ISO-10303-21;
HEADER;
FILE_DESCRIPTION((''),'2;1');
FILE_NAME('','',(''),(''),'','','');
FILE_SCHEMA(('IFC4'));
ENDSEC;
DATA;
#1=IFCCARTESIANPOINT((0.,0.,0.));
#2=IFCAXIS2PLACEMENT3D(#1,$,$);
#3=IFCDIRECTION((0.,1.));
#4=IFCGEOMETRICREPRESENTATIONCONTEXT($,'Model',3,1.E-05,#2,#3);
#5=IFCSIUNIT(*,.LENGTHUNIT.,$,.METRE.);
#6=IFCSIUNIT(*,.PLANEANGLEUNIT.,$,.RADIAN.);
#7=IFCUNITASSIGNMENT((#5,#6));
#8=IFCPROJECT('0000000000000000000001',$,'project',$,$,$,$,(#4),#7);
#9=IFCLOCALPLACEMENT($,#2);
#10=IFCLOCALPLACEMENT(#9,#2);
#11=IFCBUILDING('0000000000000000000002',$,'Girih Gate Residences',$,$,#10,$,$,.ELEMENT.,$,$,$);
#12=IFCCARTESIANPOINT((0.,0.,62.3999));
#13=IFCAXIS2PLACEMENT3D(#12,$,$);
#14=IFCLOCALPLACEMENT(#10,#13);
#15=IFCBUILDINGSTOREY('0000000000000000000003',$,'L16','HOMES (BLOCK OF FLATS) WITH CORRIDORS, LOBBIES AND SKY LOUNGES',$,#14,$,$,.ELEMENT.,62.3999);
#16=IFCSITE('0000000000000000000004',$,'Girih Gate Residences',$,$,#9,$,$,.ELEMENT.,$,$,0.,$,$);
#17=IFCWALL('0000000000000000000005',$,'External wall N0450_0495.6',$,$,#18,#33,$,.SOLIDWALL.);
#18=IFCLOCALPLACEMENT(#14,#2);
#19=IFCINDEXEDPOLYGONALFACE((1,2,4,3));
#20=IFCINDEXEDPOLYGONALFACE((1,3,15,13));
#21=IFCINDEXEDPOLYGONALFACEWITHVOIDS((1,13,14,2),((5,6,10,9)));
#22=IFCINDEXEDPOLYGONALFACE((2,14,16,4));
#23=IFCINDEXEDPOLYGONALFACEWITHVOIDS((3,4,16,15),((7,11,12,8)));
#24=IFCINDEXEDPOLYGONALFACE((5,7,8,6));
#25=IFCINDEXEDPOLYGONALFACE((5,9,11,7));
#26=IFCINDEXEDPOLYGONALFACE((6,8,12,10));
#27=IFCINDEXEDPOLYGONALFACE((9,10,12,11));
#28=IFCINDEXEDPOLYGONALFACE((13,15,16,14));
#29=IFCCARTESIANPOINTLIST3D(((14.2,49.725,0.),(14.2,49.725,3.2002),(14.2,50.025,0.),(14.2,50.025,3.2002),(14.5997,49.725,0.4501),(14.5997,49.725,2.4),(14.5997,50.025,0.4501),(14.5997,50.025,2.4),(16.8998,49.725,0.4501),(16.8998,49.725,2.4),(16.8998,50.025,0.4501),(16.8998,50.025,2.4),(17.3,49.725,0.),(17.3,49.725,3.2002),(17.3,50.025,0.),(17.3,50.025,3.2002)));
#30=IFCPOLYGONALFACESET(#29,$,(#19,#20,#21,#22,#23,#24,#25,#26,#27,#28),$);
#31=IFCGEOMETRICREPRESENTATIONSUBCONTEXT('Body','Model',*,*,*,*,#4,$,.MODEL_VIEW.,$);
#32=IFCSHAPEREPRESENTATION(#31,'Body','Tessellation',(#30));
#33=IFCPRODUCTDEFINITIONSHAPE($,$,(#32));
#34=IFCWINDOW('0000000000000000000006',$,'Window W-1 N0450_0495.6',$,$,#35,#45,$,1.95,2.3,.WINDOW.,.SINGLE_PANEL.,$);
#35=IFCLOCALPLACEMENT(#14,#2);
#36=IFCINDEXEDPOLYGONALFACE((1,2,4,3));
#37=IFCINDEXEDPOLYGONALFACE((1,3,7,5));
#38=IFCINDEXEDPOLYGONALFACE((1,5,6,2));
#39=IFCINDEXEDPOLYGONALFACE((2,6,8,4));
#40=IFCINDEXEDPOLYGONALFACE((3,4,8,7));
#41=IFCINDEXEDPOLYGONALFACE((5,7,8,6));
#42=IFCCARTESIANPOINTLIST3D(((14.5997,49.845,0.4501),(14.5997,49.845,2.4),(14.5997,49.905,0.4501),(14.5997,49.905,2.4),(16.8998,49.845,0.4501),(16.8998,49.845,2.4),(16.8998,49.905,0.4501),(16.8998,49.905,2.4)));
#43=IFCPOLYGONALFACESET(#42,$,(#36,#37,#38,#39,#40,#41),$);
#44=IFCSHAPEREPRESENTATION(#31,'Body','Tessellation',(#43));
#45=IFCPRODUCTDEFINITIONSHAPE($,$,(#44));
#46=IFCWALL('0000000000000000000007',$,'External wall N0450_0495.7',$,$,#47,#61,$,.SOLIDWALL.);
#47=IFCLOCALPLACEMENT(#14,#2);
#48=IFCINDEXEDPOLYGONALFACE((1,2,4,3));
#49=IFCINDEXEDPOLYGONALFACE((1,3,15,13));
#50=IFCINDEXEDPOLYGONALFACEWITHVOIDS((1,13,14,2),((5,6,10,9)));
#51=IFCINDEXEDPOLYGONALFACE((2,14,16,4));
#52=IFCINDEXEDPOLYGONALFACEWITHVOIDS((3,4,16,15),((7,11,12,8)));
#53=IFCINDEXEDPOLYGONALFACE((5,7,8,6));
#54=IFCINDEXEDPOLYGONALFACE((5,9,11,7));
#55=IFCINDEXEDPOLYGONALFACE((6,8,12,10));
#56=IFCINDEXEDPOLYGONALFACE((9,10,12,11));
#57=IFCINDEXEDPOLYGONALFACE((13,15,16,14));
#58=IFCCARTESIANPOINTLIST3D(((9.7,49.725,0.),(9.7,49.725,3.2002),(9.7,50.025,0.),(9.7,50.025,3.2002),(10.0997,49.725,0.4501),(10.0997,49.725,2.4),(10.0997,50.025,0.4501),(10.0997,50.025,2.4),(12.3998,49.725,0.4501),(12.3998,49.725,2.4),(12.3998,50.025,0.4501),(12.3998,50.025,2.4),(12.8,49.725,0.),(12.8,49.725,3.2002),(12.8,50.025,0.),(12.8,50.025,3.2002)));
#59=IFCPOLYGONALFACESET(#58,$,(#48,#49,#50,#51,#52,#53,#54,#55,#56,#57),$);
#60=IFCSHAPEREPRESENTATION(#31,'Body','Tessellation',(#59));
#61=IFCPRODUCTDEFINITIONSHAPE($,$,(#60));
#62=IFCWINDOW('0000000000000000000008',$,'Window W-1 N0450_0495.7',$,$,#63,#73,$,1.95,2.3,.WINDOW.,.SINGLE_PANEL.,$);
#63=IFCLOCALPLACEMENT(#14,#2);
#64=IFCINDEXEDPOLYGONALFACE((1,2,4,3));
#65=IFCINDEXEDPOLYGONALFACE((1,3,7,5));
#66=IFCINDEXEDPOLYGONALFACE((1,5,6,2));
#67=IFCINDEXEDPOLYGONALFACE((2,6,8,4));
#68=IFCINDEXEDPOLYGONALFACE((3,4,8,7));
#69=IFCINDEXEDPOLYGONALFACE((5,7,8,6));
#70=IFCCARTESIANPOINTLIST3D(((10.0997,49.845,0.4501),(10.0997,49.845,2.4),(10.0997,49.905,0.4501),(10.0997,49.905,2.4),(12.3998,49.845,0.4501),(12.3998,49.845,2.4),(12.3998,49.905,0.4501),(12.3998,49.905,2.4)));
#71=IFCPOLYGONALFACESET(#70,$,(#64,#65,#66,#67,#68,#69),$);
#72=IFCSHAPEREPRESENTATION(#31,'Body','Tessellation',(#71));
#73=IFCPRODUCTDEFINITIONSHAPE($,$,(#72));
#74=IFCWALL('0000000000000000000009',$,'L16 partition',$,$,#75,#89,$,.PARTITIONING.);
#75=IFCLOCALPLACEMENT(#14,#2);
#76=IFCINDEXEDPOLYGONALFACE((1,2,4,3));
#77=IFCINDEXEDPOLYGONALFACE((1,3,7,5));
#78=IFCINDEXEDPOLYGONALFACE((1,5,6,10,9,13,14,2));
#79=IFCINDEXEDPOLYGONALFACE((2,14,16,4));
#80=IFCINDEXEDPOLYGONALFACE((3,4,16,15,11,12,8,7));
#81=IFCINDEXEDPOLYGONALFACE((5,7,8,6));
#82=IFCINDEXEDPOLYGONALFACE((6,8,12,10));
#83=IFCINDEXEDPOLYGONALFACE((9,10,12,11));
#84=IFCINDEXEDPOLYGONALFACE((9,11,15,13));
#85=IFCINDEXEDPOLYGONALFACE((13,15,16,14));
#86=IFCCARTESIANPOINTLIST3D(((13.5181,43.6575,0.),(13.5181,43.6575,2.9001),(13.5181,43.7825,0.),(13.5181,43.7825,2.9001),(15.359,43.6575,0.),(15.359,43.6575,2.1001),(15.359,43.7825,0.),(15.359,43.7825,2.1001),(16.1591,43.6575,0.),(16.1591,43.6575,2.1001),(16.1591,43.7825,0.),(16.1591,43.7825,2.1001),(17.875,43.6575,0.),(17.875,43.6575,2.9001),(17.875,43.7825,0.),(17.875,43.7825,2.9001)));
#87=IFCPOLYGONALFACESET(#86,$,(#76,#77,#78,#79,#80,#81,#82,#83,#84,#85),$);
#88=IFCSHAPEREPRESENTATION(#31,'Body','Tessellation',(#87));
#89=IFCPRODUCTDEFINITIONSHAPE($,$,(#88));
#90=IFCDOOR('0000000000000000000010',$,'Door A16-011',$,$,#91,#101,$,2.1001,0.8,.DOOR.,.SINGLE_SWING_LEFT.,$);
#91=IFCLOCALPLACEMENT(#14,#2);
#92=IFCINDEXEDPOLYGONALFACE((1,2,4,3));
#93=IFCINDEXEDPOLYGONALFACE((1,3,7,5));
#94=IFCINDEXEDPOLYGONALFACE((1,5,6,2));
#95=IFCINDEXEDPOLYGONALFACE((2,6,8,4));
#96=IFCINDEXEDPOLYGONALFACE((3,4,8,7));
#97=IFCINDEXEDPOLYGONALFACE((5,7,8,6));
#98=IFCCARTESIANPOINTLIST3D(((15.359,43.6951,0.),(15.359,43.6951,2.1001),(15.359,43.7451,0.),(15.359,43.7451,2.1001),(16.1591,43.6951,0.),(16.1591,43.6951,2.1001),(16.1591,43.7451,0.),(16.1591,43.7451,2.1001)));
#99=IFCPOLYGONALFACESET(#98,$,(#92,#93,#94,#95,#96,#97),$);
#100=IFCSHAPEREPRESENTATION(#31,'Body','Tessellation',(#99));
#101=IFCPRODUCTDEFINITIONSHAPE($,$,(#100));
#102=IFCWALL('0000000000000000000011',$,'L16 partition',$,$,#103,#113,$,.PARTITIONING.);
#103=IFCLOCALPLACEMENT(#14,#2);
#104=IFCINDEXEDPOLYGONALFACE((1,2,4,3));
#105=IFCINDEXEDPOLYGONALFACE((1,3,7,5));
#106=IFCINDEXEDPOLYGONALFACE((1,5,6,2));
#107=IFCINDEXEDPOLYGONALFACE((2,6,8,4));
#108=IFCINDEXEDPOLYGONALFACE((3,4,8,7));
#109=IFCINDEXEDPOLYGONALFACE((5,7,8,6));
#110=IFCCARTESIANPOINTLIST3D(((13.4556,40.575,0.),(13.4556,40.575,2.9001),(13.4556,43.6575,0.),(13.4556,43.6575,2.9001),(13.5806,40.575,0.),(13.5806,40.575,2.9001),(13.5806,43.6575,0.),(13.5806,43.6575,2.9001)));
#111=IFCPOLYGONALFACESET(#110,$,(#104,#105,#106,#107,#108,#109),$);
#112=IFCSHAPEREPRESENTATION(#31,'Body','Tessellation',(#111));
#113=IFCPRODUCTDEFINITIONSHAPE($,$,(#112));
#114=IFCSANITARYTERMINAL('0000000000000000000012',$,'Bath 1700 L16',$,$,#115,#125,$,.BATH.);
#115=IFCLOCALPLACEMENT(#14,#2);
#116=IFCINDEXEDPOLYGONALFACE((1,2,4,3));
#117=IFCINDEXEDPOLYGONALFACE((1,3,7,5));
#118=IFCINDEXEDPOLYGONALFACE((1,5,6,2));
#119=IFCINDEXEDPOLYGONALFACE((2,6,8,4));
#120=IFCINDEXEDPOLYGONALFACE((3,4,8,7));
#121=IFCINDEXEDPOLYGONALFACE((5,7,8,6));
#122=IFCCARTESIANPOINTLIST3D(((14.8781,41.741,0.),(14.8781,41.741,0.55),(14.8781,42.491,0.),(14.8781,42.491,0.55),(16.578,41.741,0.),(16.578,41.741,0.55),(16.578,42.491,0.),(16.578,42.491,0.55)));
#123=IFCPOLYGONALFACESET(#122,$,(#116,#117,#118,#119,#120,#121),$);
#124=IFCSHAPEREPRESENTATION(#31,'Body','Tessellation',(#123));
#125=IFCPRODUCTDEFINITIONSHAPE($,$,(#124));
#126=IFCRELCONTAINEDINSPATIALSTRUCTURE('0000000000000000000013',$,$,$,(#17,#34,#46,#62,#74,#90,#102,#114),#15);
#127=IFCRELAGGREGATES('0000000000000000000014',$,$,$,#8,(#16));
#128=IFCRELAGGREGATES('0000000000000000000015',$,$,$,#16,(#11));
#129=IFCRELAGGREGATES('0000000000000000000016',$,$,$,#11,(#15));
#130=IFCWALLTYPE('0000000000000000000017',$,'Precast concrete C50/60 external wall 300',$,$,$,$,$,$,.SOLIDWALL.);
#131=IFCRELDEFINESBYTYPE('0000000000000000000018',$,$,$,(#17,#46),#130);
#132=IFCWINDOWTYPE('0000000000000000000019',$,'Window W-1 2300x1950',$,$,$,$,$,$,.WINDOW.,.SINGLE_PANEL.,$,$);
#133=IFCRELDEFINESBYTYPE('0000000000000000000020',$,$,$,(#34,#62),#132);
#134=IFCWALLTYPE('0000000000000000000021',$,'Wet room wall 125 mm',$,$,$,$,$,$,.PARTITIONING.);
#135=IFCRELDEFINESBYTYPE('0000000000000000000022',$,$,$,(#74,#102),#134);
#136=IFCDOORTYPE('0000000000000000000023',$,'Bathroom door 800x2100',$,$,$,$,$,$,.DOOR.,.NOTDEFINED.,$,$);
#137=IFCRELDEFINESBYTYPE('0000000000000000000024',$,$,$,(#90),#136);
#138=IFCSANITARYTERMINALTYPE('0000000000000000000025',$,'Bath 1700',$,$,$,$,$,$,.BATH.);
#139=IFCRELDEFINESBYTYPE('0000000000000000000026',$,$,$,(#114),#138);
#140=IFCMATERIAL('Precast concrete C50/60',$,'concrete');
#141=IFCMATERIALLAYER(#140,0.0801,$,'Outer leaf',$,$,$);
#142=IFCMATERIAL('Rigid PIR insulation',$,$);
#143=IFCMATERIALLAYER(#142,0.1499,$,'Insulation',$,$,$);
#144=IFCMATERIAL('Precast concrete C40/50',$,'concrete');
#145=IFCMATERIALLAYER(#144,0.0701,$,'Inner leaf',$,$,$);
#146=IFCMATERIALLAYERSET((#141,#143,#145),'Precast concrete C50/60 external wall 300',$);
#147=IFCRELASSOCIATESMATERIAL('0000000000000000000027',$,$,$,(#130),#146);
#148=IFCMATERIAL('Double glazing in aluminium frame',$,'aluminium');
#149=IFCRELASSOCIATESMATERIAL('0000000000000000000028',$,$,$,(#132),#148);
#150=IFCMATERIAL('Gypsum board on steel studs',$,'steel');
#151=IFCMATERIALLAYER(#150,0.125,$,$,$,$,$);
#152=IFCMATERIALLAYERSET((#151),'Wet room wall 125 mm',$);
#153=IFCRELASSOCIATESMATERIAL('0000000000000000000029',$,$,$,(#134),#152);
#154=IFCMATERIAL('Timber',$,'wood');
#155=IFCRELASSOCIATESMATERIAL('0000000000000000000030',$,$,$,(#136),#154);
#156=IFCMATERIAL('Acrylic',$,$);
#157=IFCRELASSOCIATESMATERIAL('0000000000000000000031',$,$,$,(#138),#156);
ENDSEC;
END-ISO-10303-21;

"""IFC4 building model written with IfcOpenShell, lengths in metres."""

from ifc_helpers import new_model, si_unit, direction, frame, frame_2d, origin, origin_2d, place, context, subcontext, project, spatial, rectangle, extrude, material, layer, layer_set, type_object, element, fill, save


model = new_model("IFC4")

# Units and contexts
model_context = context("Model", 3, precision=1e-05, world=origin(), true_north=direction((0.0, 1.0)))
body_context = subcontext(model_context, "Body", "Model", "MODEL_VIEW")
ifc_project = project(units=[si_unit("LENGTHUNIT", "METRE"), si_unit("PLANEANGLEUNIT", "RADIAN")], contexts=[model_context])

# Site, building, storey
site_placement = place(None, origin())
site = spatial("IfcSite", under=ifc_project, at=site_placement, Name="Girih Gate Residences", CompositionType="ELEMENT", RefElevation=0.0)
building_placement = place(site_placement, origin())
building = spatial("IfcBuilding", under=site, at=building_placement, Name="Girih Gate Residences", CompositionType="ELEMENT")
storey_placement = place(building_placement, frame((0.0, 0.0, 62.3999)))
storey = spatial("IfcBuildingStorey", under=building, at=storey_placement, Name="L16", Description="HOMES (BLOCK OF FLATS) WITH CORRIDORS, LOBBIES AND SKY LOUNGES", CompositionType="ELEMENT", Elevation=62.3999)

# Shared definitions
ifc_material_1 = material(Name="Gypsum board on steel studs", Category="steel")

# Shared definitions
ifc_material_2 = material(Name="Timber", Category="wood")

# Walls, openings, windows
ifc_material_3 = material(Name="Precast concrete C50/60", Category="concrete")
ifc_layer_1 = layer(ifc_material_3, 0.0801, Name="Outer leaf")
ifc_material_4 = material(Name="Rigid PIR insulation")
ifc_layer_2 = layer(ifc_material_4, 0.1499, Name="Insulation")
ifc_material_5 = material(Name="Precast concrete C40/50", Category="concrete")
ifc_layer_3 = layer(ifc_material_5, 0.0701, Name="Inner leaf")
ifc_layer_set_1 = layer_set([ifc_layer_1, ifc_layer_2, ifc_layer_3], Name="Precast concrete C50/60 external wall 300")
wall_type_1 = type_object("IfcWallType", Name="Precast concrete C50/60 external wall 300", PredefinedType="SOLIDWALL", material=ifc_layer_set_1)
ifc_material_6 = material(Name="Double glazing in aluminium frame", Category="aluminium")
window_type = type_object("IfcWindowType", Name="Window W-1 2300x1950", PartitioningType="SINGLE_PANEL", PredefinedType="WINDOW", material=ifc_material_6)
wall_1_placement = place(storey_placement, frame((14.2, 49.875, 0.0), z_axis=(0.0, 0.0, 1.0), x_axis=(1.0, 0.0, 0.0)))
wall_1 = element("IfcWall", 1, at=wall_1_placement, inside=storey, type_object=wall_type_1, Name="External wall N0450_0495.6", PredefinedType="SOLIDWALL", context=body_context, shape_type="SweptSolid", body=[
    extrude(rectangle(XDim=3.1001, YDim=0.3, at=frame_2d((1.55, 0.0))), origin(), (0.0, 0.0, 1.0), 3.2002),
])
opening_1_placement = place(wall_1_placement, frame((0.3999, 0.0, 0.45)))
opening_1 = element("IfcOpeningElement", 2, at=opening_1_placement, cuts=wall_1, PredefinedType="OPENING", context=body_context, shape_type="SweptSolid", body=[
    extrude(rectangle(XDim=2.3, YDim=1.95, at=frame_2d((1.1499, 0.9751))), frame((0.0, 0.1599, 0.0), z_axis=(0.0, -1.0, 0.0), x_axis=(1.0, 0.0, 0.0)), (0.0, 0.0, 1.0), 0.3201),
])
window_1_placement = place(opening_1_placement, origin())
window_1 = element("IfcWindow", 3, at=window_1_placement, inside=storey, type_object=window_type, Name="Window W-1 N0450_0495.6", OverallHeight=1.95, OverallWidth=2.3, PartitioningType="SINGLE_PANEL", PredefinedType="WINDOW", context=body_context, shape_type="SweptSolid", body=[
    extrude(rectangle(XDim=2.3, YDim=1.95, at=frame_2d((1.1499, 0.9751))), frame((0.0, 0.03, 0.0), z_axis=(0.0, -1.0, 0.0), x_axis=(1.0, 0.0, 0.0)), (0.0, 0.0, 1.0), 0.0601),
])
fill(opening_1, window_1)
wall_2_placement = place(storey_placement, frame((9.7, 49.875, 0.0), z_axis=(0.0, 0.0, 1.0), x_axis=(1.0, 0.0, 0.0)))
wall_2 = element("IfcWall", 4, at=wall_2_placement, inside=storey, type_object=wall_type_1, Name="External wall N0450_0495.7", PredefinedType="SOLIDWALL", context=body_context, shape_type="SweptSolid", body=[
    extrude(rectangle(XDim=3.1001, YDim=0.3, at=frame_2d((1.55, 0.0))), origin(), (0.0, 0.0, 1.0), 3.2002),
])
opening_2_placement = place(wall_2_placement, frame((0.3999, 0.0, 0.45)))
opening_2 = element("IfcOpeningElement", 5, at=opening_2_placement, cuts=wall_2, PredefinedType="OPENING", context=body_context, shape_type="SweptSolid", body=[
    extrude(rectangle(XDim=2.3, YDim=1.95, at=frame_2d((1.1499, 0.9751))), frame((0.0, 0.1599, 0.0), z_axis=(0.0, -1.0, 0.0), x_axis=(1.0, 0.0, 0.0)), (0.0, 0.0, 1.0), 0.3201),
])
window_2_placement = place(opening_2_placement, origin())
window_2 = element("IfcWindow", 6, at=window_2_placement, inside=storey, type_object=window_type, Name="Window W-1 N0450_0495.7", OverallHeight=1.95, OverallWidth=2.3, PartitioningType="SINGLE_PANEL", PredefinedType="WINDOW", context=body_context, shape_type="SweptSolid", body=[
    extrude(rectangle(XDim=2.3, YDim=1.95, at=frame_2d((1.1499, 0.9751))), frame((0.0, 0.03, 0.0), z_axis=(0.0, -1.0, 0.0), x_axis=(1.0, 0.0, 0.0)), (0.0, 0.0, 1.0), 0.0601),
])
fill(opening_2, window_2)

# Wall, opening, door
ifc_layer_4 = layer(ifc_material_1, 0.125)
ifc_layer_set_2 = layer_set([ifc_layer_4], Name="Wet room wall 125 mm")
wall_type_2 = type_object("IfcWallType", Name="Wet room wall 125 mm", PredefinedType="PARTITIONING", material=ifc_layer_set_2)
wall_3_placement = place(storey_placement, frame((17.875, 43.72, 0.0), z_axis=(0.0, 0.0, 1.0), x_axis=(-1.0, 0.0, 0.0)))
wall_3 = element("IfcWall", 7, at=wall_3_placement, inside=storey, type_object=wall_type_2, Name="L16 partition", PredefinedType="PARTITIONING", context=body_context, shape_type="SweptSolid", body=[
    extrude(rectangle(XDim=4.3569, YDim=0.125, at=frame_2d((2.1785, 0.0))), origin(), (0.0, 0.0, 1.0), 2.9001),
])
opening_3_placement = place(wall_3_placement, frame((1.7161, 0.0, 0.0)))
opening_3 = element("IfcOpeningElement", 8, at=opening_3_placement, cuts=wall_3, PredefinedType="OPENING", context=body_context, shape_type="SweptSolid", body=[
    extrude(rectangle(XDim=0.8, YDim=2.1001, at=frame_2d((0.3999, 1.05))), frame((0.0, 0.0725, 0.0), z_axis=(0.0, -1.0, 0.0), x_axis=(1.0, 0.0, 0.0)), (0.0, 0.0, 1.0), 0.145),
])
door_type_1 = type_object("IfcDoorType", Name="Bathroom door 800x2100", OperationType="NOTDEFINED", PredefinedType="DOOR", material=ifc_material_2)
door_1_placement = place(opening_3_placement, origin())
door_1 = element("IfcDoor", 9, at=door_1_placement, inside=storey, type_object=door_type_1, Name="Door A16-011", OperationType="SINGLE_SWING_LEFT", OverallHeight=2.1001, OverallWidth=0.8, PredefinedType="DOOR", context=body_context, shape_type="SweptSolid", body=[
    extrude(rectangle(XDim=0.8, YDim=2.1001, at=frame_2d((0.3999, 1.05))), frame((0.0, 0.0249, 0.0), z_axis=(0.0, -1.0, 0.0), x_axis=(1.0, 0.0, 0.0)), (0.0, 0.0, 1.0), 0.05),
])
fill(opening_3, door_1)

# Wall
wall_4_placement = place(storey_placement, frame((13.5181, 40.575, 0.0), z_axis=(0.0, 0.0, 1.0), x_axis=(0.0, 1.0, 0.0)))
element("IfcWall", 10, at=wall_4_placement, inside=storey, type_object=wall_type_2, Name="L16 partition", PredefinedType="PARTITIONING", context=body_context, shape_type="SweptSolid", body=[
    extrude(rectangle(XDim=3.0825, YDim=0.125, at=frame_2d((1.5413, 0.0))), origin(), (0.0, 0.0, 1.0), 2.9001),
])

# Sanitary terminal
ifc_material_7 = material(Name="Acrylic")
sanitary_terminal_type = type_object("IfcSanitaryTerminalType", Name="Bath 1700", PredefinedType="BATH", material=ifc_material_7)
sanitary_terminal_placement = place(storey_placement, frame((15.728, 42.116, 0.0), z_axis=(0.0, 0.0, 1.0), x_axis=(1.0, 0.0, 0.0)))
element("IfcSanitaryTerminal", 11, at=sanitary_terminal_placement, inside=storey, type_object=sanitary_terminal_type, Name="Bath 1700 L16", PredefinedType="BATH", context=body_context, shape_type="SweptSolid", body=[
    extrude(rectangle(XDim=1.7, YDim=0.75, at=origin_2d()), origin(), (0.0, 0.0, 1.0), 0.55),
])

save(model, "model.ifc")
